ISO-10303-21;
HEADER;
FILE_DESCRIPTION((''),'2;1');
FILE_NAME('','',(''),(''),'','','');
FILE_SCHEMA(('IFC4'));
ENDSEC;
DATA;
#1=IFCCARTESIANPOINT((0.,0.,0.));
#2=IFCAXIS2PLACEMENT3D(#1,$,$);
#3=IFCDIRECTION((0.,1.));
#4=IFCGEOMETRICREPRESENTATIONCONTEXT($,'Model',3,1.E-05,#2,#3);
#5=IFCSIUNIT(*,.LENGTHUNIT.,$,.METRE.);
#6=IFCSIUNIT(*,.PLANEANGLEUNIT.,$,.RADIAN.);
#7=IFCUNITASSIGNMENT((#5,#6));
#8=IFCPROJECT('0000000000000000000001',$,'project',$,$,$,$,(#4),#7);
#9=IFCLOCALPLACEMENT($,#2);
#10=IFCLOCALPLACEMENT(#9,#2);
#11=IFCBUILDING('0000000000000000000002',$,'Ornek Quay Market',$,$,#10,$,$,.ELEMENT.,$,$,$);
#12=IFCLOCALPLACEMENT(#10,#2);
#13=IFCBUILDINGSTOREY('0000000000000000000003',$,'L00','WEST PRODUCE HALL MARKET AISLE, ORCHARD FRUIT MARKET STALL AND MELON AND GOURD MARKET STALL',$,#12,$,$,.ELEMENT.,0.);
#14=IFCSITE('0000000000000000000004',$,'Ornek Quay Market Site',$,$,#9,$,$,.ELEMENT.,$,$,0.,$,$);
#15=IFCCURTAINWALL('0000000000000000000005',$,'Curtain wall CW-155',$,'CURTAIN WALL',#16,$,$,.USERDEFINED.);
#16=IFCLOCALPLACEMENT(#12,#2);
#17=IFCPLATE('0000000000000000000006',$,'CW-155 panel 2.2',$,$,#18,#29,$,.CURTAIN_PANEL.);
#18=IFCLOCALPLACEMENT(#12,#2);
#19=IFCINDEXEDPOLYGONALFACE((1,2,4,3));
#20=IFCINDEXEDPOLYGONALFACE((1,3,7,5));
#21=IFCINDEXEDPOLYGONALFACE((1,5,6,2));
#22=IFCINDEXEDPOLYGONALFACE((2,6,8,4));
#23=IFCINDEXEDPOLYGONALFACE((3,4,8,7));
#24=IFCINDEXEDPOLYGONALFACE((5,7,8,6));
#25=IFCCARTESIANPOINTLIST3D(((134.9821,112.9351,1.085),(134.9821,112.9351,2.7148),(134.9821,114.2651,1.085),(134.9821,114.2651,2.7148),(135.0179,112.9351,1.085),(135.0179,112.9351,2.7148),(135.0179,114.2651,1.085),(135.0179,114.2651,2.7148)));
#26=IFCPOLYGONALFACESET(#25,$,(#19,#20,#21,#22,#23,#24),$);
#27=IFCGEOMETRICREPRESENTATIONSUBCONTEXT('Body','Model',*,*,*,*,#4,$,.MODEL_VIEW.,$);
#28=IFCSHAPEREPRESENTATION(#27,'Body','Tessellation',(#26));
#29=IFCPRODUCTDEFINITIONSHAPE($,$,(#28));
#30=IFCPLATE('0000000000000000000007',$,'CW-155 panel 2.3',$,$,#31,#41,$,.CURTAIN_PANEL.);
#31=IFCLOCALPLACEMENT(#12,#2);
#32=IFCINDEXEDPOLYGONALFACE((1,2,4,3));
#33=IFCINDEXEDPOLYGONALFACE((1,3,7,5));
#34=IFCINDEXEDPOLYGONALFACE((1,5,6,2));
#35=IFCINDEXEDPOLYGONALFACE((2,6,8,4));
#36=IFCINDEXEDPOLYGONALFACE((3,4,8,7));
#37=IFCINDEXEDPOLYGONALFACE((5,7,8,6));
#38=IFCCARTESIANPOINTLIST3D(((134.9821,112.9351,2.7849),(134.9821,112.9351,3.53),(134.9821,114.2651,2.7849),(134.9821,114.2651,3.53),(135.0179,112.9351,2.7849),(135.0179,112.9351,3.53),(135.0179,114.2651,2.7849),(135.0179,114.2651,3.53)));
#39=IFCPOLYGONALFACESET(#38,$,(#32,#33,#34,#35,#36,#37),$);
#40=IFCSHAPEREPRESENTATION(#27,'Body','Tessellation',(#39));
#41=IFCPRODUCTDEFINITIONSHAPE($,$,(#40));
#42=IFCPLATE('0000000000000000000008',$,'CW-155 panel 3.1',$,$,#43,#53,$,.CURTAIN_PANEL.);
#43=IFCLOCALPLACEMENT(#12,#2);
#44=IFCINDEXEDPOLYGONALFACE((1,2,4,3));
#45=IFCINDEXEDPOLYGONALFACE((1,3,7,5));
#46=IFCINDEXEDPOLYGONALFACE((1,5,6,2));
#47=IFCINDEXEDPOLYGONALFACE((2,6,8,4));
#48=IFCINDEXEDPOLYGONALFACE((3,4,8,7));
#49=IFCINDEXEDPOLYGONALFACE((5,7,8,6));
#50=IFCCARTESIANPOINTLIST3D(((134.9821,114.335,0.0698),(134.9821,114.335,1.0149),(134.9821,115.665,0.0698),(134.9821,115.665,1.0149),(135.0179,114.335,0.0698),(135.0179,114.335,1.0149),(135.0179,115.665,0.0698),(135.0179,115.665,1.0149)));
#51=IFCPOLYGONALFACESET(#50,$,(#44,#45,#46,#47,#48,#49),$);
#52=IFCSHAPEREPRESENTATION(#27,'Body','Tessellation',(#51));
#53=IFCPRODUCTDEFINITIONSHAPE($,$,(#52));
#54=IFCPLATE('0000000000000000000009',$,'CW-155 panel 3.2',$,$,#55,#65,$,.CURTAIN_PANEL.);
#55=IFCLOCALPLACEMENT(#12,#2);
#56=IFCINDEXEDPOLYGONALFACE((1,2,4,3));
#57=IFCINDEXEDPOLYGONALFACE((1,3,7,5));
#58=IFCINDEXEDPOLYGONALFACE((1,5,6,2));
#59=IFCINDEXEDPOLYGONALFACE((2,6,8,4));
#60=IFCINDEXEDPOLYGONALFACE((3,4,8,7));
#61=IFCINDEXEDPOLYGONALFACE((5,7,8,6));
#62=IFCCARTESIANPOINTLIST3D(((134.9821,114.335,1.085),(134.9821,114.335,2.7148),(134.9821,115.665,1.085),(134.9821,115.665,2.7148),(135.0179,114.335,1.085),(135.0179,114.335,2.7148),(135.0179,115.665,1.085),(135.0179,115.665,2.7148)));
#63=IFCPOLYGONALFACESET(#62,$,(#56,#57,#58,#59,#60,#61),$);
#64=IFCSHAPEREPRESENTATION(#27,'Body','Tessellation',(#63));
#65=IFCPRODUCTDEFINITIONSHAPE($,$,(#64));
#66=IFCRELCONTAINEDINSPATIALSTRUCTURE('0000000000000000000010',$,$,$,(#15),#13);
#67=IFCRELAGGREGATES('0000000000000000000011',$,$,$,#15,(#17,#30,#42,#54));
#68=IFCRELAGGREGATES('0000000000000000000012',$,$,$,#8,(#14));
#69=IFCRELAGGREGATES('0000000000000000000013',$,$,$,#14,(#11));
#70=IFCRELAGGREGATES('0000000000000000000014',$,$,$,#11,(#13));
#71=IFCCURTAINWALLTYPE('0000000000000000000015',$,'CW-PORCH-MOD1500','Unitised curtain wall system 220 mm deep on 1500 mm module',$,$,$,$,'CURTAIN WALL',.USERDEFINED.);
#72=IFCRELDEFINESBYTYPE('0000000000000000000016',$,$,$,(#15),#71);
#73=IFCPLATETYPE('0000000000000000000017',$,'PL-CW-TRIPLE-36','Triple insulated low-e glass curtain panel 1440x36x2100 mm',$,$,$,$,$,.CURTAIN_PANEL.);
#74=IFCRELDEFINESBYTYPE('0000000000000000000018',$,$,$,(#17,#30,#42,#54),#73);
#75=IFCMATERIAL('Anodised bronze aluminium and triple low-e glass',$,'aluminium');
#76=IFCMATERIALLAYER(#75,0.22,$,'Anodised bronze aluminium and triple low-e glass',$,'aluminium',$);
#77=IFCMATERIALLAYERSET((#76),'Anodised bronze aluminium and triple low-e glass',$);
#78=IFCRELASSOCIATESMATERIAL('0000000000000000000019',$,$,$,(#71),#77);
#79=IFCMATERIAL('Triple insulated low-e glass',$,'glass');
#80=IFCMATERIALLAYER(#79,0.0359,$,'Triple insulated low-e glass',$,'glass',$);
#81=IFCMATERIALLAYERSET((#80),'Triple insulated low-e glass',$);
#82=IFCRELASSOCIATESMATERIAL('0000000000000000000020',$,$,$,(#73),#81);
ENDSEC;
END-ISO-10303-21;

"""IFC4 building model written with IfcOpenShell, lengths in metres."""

from ifc_helpers import new_model, si_unit, direction, frame, origin, origin_2d, place, context, subcontext, project, spatial, rectangle, extrude, material, layer, layer_set, type_object, element, aggregate, save


model = new_model("IFC4")

# Units and contexts
model_context = context("Model", 3, precision=1e-05, world=origin(), true_north=direction((0.0, 1.0)))
body_context = subcontext(model_context, "Body", "Model", "MODEL_VIEW")
ifc_project = project(units=[si_unit("LENGTHUNIT", "METRE"), si_unit("PLANEANGLEUNIT", "RADIAN")], contexts=[model_context])

# Site, building, storey
site_placement = place(None, origin())
site = spatial("IfcSite", under=ifc_project, at=site_placement, Name="Ornek Quay Market Site", CompositionType="ELEMENT", RefElevation=0.0)
building_placement = place(site_placement, origin())
building = spatial("IfcBuilding", under=site, at=building_placement, Name="Ornek Quay Market", CompositionType="ELEMENT")
storey_placement = place(building_placement, origin())
storey = spatial("IfcBuildingStorey", under=building, at=storey_placement, Name="L00", Description="WEST PRODUCE HALL MARKET AISLE, ORCHARD FRUIT MARKET STALL AND MELON AND GOURD MARKET STALL", CompositionType="ELEMENT", Elevation=0.0)

# Curtain wall, plates
ifc_material_1 = material(Name="Anodised bronze aluminium and triple low-e glass", Category="aluminium")
ifc_layer_1 = layer(ifc_material_1, 0.22, Name="Anodised bronze aluminium and triple low-e glass", Category="aluminium")
ifc_layer_set_1 = layer_set([ifc_layer_1], Name="Anodised bronze aluminium and triple low-e glass")
curtain_wall_type = type_object("IfcCurtainWallType", Name="CW-PORCH-MOD1500", Description="Unitised curtain wall system 220 mm deep on 1500 mm module", ElementType="CURTAIN WALL", PredefinedType="USERDEFINED", material=ifc_layer_set_1)
curtain_wall_placement = place(storey_placement, origin())
curtain_wall = element("IfcCurtainWall", 1, at=curtain_wall_placement, inside=storey, type_object=curtain_wall_type, Name="Curtain wall CW-155", ObjectType="CURTAIN WALL", PredefinedType="USERDEFINED")
ifc_material_2 = material(Name="Triple insulated low-e glass", Category="glass")
ifc_layer_2 = layer(ifc_material_2, 0.0359, Name="Triple insulated low-e glass", Category="glass")
ifc_layer_set_2 = layer_set([ifc_layer_2], Name="Triple insulated low-e glass")
plate_type = type_object("IfcPlateType", Name="PL-CW-TRIPLE-36", Description="Triple insulated low-e glass curtain panel 1440x36x2100 mm", PredefinedType="CURTAIN_PANEL", material=ifc_layer_set_2)
plate_1_placement = place(storey_placement, frame((135.0, 113.6001, 1.085), z_axis=(0.0, 0.0, 1.0), x_axis=(0.0, 1.0, 0.0)))
plate_1 = element("IfcPlate", 2, at=plate_1_placement, type_object=plate_type, Name="CW-155 panel 2.2", PredefinedType="CURTAIN_PANEL", context=body_context, shape_type="SweptSolid", body=[
    extrude(rectangle(XDim=1.3301, YDim=0.0359, at=origin_2d()), origin(), (0.0, 0.0, 1.0), 1.6299),
])
plate_2_placement = place(storey_placement, frame((135.0, 113.6001, 2.7849), z_axis=(0.0, 0.0, 1.0), x_axis=(0.0, 1.0, 0.0)))
plate_2 = element("IfcPlate", 3, at=plate_2_placement, type_object=plate_type, Name="CW-155 panel 2.3", PredefinedType="CURTAIN_PANEL", context=body_context, shape_type="SweptSolid", body=[
    extrude(rectangle(XDim=1.3301, YDim=0.0359, at=origin_2d()), origin(), (0.0, 0.0, 1.0), 0.7451),
])
plate_3_placement = place(storey_placement, frame((135.0, 115.0, 0.0698), z_axis=(0.0, 0.0, 1.0), x_axis=(0.0, 1.0, 0.0)))
plate_3 = element("IfcPlate", 4, at=plate_3_placement, type_object=plate_type, Name="CW-155 panel 3.1", PredefinedType="CURTAIN_PANEL", context=body_context, shape_type="SweptSolid", body=[
    extrude(rectangle(XDim=1.3301, YDim=0.0359, at=origin_2d()), origin(), (0.0, 0.0, 1.0), 0.9451),
])
plate_4_placement = place(storey_placement, frame((135.0, 115.0, 1.085), z_axis=(0.0, 0.0, 1.0), x_axis=(0.0, 1.0, 0.0)))
plate_4 = element("IfcPlate", 5, at=plate_4_placement, type_object=plate_type, Name="CW-155 panel 3.2", PredefinedType="CURTAIN_PANEL", context=body_context, shape_type="SweptSolid", body=[
    extrude(rectangle(XDim=1.3301, YDim=0.0359, at=origin_2d()), origin(), (0.0, 0.0, 1.0), 1.6299),
])
aggregate(curtain_wall, [plate_1, plate_2, plate_3, plate_4])

save(model, "model.ifc")
